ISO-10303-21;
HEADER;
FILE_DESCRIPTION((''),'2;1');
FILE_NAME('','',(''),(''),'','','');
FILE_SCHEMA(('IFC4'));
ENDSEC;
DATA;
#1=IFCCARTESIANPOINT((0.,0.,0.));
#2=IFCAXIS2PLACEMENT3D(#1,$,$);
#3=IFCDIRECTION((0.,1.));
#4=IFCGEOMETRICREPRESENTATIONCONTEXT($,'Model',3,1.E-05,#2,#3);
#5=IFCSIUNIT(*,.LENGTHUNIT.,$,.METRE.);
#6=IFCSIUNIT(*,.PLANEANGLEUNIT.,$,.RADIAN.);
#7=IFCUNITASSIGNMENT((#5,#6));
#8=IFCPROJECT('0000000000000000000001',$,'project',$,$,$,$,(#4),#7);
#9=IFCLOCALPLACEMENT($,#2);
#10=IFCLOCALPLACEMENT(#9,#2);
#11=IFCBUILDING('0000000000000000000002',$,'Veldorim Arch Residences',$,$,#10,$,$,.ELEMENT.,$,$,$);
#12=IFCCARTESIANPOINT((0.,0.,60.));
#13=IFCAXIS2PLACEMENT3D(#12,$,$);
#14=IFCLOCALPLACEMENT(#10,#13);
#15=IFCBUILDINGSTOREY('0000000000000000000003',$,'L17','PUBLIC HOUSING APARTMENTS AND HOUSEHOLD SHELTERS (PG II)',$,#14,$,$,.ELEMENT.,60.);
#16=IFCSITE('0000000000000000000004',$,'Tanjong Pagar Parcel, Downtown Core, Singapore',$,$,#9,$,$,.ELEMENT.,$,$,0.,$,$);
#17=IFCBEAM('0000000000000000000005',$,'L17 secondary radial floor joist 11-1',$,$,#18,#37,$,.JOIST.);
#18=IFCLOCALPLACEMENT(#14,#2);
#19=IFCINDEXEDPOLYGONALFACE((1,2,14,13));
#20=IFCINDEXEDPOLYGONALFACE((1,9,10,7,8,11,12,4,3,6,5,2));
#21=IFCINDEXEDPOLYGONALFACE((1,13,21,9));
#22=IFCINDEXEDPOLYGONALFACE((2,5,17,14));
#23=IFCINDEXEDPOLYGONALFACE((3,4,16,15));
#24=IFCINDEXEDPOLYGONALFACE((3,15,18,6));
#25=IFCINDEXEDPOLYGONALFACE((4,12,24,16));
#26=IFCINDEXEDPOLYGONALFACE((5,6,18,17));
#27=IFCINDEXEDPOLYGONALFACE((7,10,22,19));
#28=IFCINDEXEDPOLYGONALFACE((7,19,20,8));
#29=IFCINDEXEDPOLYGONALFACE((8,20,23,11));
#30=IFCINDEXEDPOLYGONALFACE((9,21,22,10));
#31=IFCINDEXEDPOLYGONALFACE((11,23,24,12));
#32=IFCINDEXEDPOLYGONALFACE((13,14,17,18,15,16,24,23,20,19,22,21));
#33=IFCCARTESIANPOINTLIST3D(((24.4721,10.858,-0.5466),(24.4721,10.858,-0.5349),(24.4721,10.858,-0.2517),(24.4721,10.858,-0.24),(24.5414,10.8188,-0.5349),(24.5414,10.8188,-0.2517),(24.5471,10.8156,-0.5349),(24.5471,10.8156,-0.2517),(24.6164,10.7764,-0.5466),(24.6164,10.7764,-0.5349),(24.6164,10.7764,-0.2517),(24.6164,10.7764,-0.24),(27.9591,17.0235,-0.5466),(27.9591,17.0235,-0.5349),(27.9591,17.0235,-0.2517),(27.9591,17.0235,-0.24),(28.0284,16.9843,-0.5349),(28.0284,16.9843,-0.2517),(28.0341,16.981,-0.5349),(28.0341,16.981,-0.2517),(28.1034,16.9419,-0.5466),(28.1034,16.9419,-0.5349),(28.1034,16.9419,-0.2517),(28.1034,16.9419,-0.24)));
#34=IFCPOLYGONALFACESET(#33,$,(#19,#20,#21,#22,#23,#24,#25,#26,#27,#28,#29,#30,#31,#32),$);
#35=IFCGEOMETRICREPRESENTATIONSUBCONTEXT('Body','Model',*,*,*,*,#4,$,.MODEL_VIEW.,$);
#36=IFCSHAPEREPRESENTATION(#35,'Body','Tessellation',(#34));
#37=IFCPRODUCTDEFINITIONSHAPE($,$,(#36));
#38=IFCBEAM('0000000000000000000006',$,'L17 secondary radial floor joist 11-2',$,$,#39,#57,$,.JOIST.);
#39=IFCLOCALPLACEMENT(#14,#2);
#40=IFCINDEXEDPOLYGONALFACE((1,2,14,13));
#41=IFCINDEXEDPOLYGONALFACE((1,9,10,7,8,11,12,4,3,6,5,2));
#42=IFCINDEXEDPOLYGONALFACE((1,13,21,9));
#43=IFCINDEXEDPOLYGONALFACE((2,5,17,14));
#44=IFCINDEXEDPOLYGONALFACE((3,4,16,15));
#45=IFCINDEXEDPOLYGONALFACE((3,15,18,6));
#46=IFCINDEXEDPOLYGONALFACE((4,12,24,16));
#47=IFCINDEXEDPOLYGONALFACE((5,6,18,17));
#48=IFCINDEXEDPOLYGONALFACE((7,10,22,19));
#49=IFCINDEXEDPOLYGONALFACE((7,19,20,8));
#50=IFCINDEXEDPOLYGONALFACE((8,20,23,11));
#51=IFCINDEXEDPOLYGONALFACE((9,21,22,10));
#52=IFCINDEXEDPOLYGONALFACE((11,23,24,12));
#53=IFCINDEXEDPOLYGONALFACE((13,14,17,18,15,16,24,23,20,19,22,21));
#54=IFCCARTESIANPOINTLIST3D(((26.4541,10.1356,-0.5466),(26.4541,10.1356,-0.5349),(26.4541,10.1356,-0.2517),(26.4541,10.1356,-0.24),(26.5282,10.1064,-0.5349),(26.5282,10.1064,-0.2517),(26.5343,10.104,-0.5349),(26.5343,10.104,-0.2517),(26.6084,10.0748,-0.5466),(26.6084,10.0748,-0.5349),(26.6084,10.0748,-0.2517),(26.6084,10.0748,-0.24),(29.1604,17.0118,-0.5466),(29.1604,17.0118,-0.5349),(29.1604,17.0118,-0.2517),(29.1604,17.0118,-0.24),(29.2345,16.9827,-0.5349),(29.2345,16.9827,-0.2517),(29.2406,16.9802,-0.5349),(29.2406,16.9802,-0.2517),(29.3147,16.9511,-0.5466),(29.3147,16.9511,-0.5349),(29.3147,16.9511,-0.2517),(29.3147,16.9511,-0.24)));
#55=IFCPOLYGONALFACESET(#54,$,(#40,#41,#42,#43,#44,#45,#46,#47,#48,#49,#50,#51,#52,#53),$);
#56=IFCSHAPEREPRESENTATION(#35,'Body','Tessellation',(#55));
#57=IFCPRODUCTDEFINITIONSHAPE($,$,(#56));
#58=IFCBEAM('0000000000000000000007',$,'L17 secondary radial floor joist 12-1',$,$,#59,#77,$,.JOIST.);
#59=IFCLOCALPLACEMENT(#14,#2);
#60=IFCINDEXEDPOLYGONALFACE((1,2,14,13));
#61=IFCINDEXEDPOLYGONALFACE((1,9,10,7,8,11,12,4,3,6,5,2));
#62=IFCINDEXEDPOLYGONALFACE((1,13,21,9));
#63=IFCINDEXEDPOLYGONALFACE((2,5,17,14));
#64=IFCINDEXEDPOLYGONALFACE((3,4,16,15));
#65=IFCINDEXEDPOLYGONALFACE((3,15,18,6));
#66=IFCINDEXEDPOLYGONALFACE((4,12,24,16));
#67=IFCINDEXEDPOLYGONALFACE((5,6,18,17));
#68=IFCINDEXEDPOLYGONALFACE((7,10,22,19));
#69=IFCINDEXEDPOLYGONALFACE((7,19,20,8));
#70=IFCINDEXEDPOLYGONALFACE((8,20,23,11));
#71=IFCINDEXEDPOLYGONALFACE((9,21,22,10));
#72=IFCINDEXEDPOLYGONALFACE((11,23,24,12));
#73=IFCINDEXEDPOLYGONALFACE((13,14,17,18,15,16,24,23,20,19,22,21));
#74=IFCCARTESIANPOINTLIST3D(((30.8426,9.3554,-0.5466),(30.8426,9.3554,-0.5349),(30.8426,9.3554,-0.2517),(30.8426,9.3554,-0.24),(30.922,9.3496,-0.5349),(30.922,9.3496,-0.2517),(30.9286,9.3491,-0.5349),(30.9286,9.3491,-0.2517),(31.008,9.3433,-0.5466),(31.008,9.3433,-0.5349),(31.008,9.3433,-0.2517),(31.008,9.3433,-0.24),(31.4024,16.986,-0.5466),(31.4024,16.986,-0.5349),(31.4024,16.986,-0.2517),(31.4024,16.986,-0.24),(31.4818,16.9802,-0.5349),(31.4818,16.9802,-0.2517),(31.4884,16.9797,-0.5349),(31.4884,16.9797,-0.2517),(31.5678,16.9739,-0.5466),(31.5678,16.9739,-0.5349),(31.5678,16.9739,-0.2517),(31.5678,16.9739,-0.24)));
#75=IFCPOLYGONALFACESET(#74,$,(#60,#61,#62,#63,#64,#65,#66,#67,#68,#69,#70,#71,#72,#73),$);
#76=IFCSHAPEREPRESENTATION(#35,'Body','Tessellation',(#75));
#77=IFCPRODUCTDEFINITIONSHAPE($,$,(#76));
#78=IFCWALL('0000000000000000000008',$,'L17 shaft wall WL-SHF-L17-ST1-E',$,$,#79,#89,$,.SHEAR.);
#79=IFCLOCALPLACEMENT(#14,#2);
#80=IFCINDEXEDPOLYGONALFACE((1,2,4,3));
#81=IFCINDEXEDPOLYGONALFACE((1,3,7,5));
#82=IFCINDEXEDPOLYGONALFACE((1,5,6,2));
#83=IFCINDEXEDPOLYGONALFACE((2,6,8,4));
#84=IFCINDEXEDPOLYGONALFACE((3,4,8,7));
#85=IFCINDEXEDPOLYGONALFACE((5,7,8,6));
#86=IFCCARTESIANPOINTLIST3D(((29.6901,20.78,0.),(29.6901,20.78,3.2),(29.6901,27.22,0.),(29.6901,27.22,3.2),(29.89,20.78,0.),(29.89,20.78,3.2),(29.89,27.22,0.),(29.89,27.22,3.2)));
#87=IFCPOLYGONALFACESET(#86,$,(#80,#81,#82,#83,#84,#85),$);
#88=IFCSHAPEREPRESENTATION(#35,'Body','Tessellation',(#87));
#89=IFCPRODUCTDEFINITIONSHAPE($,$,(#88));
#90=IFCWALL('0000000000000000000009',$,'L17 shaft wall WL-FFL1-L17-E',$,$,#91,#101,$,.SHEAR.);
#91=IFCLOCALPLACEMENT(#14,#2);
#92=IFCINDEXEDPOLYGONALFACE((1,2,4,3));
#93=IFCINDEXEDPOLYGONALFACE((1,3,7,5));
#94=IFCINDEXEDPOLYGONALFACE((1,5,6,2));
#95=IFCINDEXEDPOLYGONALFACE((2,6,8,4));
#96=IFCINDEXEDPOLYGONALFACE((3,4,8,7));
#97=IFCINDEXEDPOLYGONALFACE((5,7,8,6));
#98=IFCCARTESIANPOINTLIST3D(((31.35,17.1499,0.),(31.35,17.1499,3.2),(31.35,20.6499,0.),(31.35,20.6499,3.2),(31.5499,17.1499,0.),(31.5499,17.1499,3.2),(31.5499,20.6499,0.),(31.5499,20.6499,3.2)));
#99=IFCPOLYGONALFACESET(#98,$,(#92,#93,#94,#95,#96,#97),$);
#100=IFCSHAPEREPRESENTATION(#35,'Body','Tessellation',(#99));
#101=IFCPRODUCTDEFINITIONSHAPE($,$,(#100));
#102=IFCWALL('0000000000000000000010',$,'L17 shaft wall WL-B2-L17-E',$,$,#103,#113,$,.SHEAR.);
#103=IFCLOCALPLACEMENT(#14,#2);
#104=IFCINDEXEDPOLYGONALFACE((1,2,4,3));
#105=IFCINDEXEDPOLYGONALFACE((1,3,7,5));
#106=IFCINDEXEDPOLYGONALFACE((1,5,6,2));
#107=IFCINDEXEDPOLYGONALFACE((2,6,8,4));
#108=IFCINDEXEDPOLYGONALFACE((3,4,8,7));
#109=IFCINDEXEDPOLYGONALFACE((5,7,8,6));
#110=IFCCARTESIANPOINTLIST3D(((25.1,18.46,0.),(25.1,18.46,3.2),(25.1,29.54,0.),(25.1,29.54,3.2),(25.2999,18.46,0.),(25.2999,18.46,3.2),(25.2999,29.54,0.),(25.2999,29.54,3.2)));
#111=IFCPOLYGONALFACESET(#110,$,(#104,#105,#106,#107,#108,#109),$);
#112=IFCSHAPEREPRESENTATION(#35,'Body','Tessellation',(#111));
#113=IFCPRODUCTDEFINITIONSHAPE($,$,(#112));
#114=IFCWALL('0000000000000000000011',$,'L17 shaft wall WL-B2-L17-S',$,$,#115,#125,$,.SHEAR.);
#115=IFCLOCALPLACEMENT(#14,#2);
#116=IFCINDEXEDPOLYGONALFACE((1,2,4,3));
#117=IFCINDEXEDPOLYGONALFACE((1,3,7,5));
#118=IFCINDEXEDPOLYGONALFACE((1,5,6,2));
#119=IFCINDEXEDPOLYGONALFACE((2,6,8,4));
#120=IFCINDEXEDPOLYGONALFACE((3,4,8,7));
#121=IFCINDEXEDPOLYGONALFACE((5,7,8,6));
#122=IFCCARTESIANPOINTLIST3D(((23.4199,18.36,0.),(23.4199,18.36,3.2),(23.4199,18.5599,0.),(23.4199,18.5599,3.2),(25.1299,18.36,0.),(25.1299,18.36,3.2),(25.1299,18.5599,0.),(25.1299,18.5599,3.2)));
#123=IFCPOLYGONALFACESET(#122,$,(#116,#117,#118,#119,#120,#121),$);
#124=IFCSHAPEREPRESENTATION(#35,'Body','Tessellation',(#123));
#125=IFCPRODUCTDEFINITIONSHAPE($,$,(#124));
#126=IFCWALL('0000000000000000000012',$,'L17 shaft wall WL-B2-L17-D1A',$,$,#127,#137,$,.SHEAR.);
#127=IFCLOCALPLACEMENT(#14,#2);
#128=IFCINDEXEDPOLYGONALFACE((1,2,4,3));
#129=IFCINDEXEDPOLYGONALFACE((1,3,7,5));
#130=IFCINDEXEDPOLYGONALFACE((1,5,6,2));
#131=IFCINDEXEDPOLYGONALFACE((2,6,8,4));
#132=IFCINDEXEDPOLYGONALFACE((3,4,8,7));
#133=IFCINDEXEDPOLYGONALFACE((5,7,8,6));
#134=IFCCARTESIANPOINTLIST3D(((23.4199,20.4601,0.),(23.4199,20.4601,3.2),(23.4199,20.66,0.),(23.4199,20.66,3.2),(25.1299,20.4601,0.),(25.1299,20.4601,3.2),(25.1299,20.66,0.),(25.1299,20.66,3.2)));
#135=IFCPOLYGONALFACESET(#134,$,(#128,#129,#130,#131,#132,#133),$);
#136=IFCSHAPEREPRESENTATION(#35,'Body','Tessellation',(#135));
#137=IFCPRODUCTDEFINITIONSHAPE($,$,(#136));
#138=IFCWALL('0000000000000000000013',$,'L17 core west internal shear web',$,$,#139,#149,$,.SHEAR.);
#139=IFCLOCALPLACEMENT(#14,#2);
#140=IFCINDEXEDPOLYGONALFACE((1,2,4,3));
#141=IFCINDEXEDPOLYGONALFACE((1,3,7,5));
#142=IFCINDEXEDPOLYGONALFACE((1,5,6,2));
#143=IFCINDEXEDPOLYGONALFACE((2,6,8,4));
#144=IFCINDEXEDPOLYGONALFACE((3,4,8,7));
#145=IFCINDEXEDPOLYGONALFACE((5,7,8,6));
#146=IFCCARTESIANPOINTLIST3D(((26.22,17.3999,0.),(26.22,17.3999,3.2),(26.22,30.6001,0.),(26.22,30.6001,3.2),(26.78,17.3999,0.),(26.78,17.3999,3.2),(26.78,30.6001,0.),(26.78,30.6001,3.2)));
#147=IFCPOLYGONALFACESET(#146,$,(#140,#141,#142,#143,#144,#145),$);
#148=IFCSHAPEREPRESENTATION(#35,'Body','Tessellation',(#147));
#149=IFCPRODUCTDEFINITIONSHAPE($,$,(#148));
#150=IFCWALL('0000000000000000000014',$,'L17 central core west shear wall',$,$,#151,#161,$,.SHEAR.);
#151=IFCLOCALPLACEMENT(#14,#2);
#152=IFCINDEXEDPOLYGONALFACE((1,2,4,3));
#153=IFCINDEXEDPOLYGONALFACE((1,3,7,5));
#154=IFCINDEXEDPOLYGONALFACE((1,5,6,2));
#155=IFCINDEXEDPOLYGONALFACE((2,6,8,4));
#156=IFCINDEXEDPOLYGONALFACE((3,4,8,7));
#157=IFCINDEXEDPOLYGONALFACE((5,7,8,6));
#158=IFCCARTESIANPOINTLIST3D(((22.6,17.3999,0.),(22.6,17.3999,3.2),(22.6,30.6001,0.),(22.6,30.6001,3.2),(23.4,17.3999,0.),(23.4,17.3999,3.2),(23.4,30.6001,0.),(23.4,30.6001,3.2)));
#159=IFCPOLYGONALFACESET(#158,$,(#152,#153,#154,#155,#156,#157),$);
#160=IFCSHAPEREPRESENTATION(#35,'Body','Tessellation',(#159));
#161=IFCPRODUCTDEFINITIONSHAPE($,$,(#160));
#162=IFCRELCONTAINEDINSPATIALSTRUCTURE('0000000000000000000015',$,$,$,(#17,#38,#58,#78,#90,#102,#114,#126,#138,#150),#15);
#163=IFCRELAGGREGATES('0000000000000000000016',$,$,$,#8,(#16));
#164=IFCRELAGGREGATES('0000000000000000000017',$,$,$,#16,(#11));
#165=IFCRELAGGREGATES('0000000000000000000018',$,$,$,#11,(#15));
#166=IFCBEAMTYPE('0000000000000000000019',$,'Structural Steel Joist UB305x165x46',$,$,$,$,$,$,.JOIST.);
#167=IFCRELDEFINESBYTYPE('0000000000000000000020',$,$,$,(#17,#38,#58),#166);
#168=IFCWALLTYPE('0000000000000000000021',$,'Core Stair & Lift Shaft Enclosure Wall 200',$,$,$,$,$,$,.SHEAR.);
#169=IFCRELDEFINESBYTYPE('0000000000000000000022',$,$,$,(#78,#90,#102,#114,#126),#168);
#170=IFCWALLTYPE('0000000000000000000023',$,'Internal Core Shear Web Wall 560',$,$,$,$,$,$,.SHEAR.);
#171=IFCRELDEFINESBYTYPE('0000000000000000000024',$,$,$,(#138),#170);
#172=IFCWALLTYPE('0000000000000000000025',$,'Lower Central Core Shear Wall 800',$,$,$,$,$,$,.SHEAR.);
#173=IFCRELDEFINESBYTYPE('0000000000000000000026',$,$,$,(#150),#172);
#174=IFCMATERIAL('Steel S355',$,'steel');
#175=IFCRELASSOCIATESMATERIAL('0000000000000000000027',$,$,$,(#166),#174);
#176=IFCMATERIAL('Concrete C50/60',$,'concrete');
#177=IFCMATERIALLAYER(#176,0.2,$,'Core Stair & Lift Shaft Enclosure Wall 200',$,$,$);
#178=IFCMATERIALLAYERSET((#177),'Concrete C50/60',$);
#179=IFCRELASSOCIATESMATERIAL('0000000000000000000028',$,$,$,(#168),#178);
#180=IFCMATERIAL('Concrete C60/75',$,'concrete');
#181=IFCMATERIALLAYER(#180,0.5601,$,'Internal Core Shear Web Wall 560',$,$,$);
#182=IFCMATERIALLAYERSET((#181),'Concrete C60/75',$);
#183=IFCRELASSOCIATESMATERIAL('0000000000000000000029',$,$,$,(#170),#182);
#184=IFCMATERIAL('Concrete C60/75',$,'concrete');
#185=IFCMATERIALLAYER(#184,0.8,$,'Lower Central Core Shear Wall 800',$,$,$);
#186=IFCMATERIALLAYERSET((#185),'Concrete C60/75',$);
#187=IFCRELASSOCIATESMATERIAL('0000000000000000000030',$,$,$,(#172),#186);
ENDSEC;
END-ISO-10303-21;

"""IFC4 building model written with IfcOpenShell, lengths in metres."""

from ifc_helpers import new_model, si_unit, direction, frame, frame_2d, origin, origin_2d, place, context, subcontext, project, spatial, rectangle, i_section, extrude, material, layer, layer_set, material_profile, profile_set, type_object, element, save


model = new_model("IFC4")

# Units and contexts
model_context = context("Model", 3, precision=1e-05, world=origin(), true_north=direction((0.0, 1.0)))
body_context = subcontext(model_context, "Body", "Model", "MODEL_VIEW")
ifc_project = project(units=[si_unit("LENGTHUNIT", "METRE"), si_unit("PLANEANGLEUNIT", "RADIAN")], contexts=[model_context])

# Site, building, storey
site_placement = place(None, origin())
site = spatial("IfcSite", under=ifc_project, at=site_placement, Name="Tanjong Pagar Parcel, Downtown Core, Singapore", CompositionType="ELEMENT", RefElevation=0.0)
building_placement = place(site_placement, origin())
building = spatial("IfcBuilding", under=site, at=building_placement, Name="Veldorim Arch Residences", CompositionType="ELEMENT")
storey_placement = place(building_placement, frame((0.0, 0.0, 60.0)))
storey = spatial("IfcBuildingStorey", under=building, at=storey_placement, Name="L17", Description="PUBLIC HOUSING APARTMENTS AND HOUSEHOLD SHELTERS (PG II)", CompositionType="ELEMENT", Elevation=60.0)

# Beams
ifc_material_1 = material(Name="Steel S355", Category="steel")
ifc_material_profile_1 = material_profile(ifc_material_1, i_section(OverallWidth=0.1658, OverallDepth=0.3066, WebThickness=0.0066, FlangeThickness=0.0117, at=origin_2d()), Name="UB305x165x46")
ifc_profile_set_1 = profile_set([ifc_material_profile_1], Name="Steel S355")
beam_type_1 = type_object("IfcBeamType", Name="Structural Steel Joist UB305x165x46", PredefinedType="JOIST", material=ifc_profile_set_1)
beam_1_placement = place(storey_placement, frame((28.0312, 16.9827, -0.3933), z_axis=(-0.492292, -0.87043, 0.0), x_axis=(0.87043, -0.492292, 0.0)))
element("IfcBeam", 1, at=beam_1_placement, inside=storey, type_object=beam_type_1, Name="L17 secondary radial floor joist 11-1", PredefinedType="JOIST", context=body_context, shape_type="SweptSolid", body=[
    extrude(i_section(OverallWidth=0.1658, OverallDepth=0.3066, WebThickness=0.0066, FlangeThickness=0.0117, at=origin_2d()), origin(), (0.0, 0.0, 1.0), 7.0833),
])
beam_2_placement = place(storey_placement, frame((29.2375, 16.9814, -0.3933), z_axis=(-0.36623, -0.930524, 0.0), x_axis=(0.930524, -0.36623, 0.0)))
element("IfcBeam", 2, at=beam_2_placement, inside=storey, type_object=beam_type_1, Name="L17 secondary radial floor joist 11-2", PredefinedType="JOIST", context=body_context, shape_type="SweptSolid", body=[
    extrude(i_section(OverallWidth=0.1658, OverallDepth=0.3066, WebThickness=0.0066, FlangeThickness=0.0117, at=origin_2d()), origin(), (0.0, 0.0, 1.0), 7.3896),
])
beam_3_placement = place(storey_placement, frame((31.4851, 16.98, -0.3933), z_axis=(-0.073168, -0.99732, 0.0), x_axis=(0.99732, -0.073168, 0.0)))
element("IfcBeam", 3, at=beam_3_placement, inside=storey, type_object=beam_type_1, Name="L17 secondary radial floor joist 12-1", PredefinedType="JOIST", context=body_context, shape_type="SweptSolid", body=[
    extrude(i_section(OverallWidth=0.1658, OverallDepth=0.3066, WebThickness=0.0066, FlangeThickness=0.0117, at=origin_2d()), origin(), (0.0, 0.0, 1.0), 7.6511),
])

# Wall
ifc_material_2 = material(Name="Concrete C50/60", Category="concrete")
ifc_layer_1 = layer(ifc_material_2, 0.2, Name="Core Stair & Lift Shaft Enclosure Wall 200")
ifc_layer_set_1 = layer_set([ifc_layer_1], Name="Concrete C50/60")
wall_type_1 = type_object("IfcWallType", Name="Core Stair & Lift Shaft Enclosure Wall 200", PredefinedType="SHEAR", material=ifc_layer_set_1)
wall_1_placement = place(storey_placement, frame((29.79, 20.78, 0.0), z_axis=(0.0, 0.0, 1.0), x_axis=(0.0, 1.0, 0.0)))
element("IfcWall", 4, at=wall_1_placement, inside=storey, type_object=wall_type_1, Name="L17 shaft wall WL-SHF-L17-ST1-E", PredefinedType="SHEAR", context=body_context, shape_type="SweptSolid", body=[
    extrude(rectangle(XDim=6.4399, YDim=0.2, at=frame_2d((3.22, 0.0))), origin(), (0.0, 0.0, 1.0), 3.2),
])

# Wall
wall_2_placement = place(storey_placement, frame((31.45, 17.1499, 0.0), z_axis=(0.0, 0.0, 1.0), x_axis=(0.0, 1.0, 0.0)))
element("IfcWall", 5, at=wall_2_placement, inside=storey, type_object=wall_type_1, Name="L17 shaft wall WL-FFL1-L17-E", PredefinedType="SHEAR", context=body_context, shape_type="SweptSolid", body=[
    extrude(rectangle(XDim=3.5, YDim=0.2, at=frame_2d((1.75, 0.0))), origin(), (0.0, 0.0, 1.0), 3.2),
])

# Walls
wall_3_placement = place(storey_placement, frame((25.2, 18.46, 0.0), z_axis=(0.0, 0.0, 1.0), x_axis=(0.0, 1.0, 0.0)))
element("IfcWall", 6, at=wall_3_placement, inside=storey, type_object=wall_type_1, Name="L17 shaft wall WL-B2-L17-E", PredefinedType="SHEAR", context=body_context, shape_type="SweptSolid", body=[
    extrude(rectangle(XDim=11.0801, YDim=0.2, at=frame_2d((5.54, 0.0))), origin(), (0.0, 0.0, 1.0), 3.2),
])
for number, where, z_axis, x_axis, name in (
    (7, (23.4199, 18.46, 0.0), (0.0, 0.0, 1.0), (1.0, 0.0, 0.0), "L17 shaft wall WL-B2-L17-S"),
    (8, (23.4199, 20.5601, 0.0), (0.0, 0.0, 1.0), (1.0, 0.0, 0.0), "L17 shaft wall WL-B2-L17-D1A"),
):
    element("IfcWall", number, at=place(storey_placement, frame(where, z_axis=z_axis, x_axis=x_axis)), inside=storey, type_object=wall_type_1, Name=name, PredefinedType="SHEAR", context=body_context, shape_type="SweptSolid", body=[
        extrude(rectangle(XDim=1.71, YDim=0.2, at=frame_2d((0.855, 0.0))), origin(), (0.0, 0.0, 1.0), 3.2),
    ])
ifc_material_3 = material(Name="Concrete C60/75", Category="concrete")
ifc_layer_2 = layer(ifc_material_3, 0.5601, Name="Internal Core Shear Web Wall 560")
ifc_layer_set_2 = layer_set([ifc_layer_2], Name="Concrete C60/75")
wall_type_2 = type_object("IfcWallType", Name="Internal Core Shear Web Wall 560", PredefinedType="SHEAR", material=ifc_layer_set_2)
wall_4_placement = place(storey_placement, frame((26.5, 17.3999, 0.0), z_axis=(0.0, 0.0, 1.0), x_axis=(0.0, 1.0, 0.0)))
element("IfcWall", 9, at=wall_4_placement, inside=storey, type_object=wall_type_2, Name="L17 core west internal shear web", PredefinedType="SHEAR", context=body_context, shape_type="SweptSolid", body=[
    extrude(rectangle(XDim=13.2002, YDim=0.5601, at=frame_2d((6.6001, 0.0))), origin(), (0.0, 0.0, 1.0), 3.2),
])
ifc_material_4 = material(Name="Concrete C60/75", Category="concrete")
ifc_layer_3 = layer(ifc_material_4, 0.8, Name="Lower Central Core Shear Wall 800")
ifc_layer_set_3 = layer_set([ifc_layer_3], Name="Concrete C60/75")
wall_type_3 = type_object("IfcWallType", Name="Lower Central Core Shear Wall 800", PredefinedType="SHEAR", material=ifc_layer_set_3)
wall_5_placement = place(storey_placement, frame((23.0, 17.3999, 0.0), z_axis=(0.0, 0.0, 1.0), x_axis=(0.0, 1.0, 0.0)))
element("IfcWall", 10, at=wall_5_placement, inside=storey, type_object=wall_type_3, Name="L17 central core west shear wall", PredefinedType="SHEAR", context=body_context, shape_type="SweptSolid", body=[
    extrude(rectangle(XDim=13.2002, YDim=0.8, at=frame_2d((6.6001, 0.0))), origin(), (0.0, 0.0, 1.0), 3.2),
])

save(model, "model.ifc")
